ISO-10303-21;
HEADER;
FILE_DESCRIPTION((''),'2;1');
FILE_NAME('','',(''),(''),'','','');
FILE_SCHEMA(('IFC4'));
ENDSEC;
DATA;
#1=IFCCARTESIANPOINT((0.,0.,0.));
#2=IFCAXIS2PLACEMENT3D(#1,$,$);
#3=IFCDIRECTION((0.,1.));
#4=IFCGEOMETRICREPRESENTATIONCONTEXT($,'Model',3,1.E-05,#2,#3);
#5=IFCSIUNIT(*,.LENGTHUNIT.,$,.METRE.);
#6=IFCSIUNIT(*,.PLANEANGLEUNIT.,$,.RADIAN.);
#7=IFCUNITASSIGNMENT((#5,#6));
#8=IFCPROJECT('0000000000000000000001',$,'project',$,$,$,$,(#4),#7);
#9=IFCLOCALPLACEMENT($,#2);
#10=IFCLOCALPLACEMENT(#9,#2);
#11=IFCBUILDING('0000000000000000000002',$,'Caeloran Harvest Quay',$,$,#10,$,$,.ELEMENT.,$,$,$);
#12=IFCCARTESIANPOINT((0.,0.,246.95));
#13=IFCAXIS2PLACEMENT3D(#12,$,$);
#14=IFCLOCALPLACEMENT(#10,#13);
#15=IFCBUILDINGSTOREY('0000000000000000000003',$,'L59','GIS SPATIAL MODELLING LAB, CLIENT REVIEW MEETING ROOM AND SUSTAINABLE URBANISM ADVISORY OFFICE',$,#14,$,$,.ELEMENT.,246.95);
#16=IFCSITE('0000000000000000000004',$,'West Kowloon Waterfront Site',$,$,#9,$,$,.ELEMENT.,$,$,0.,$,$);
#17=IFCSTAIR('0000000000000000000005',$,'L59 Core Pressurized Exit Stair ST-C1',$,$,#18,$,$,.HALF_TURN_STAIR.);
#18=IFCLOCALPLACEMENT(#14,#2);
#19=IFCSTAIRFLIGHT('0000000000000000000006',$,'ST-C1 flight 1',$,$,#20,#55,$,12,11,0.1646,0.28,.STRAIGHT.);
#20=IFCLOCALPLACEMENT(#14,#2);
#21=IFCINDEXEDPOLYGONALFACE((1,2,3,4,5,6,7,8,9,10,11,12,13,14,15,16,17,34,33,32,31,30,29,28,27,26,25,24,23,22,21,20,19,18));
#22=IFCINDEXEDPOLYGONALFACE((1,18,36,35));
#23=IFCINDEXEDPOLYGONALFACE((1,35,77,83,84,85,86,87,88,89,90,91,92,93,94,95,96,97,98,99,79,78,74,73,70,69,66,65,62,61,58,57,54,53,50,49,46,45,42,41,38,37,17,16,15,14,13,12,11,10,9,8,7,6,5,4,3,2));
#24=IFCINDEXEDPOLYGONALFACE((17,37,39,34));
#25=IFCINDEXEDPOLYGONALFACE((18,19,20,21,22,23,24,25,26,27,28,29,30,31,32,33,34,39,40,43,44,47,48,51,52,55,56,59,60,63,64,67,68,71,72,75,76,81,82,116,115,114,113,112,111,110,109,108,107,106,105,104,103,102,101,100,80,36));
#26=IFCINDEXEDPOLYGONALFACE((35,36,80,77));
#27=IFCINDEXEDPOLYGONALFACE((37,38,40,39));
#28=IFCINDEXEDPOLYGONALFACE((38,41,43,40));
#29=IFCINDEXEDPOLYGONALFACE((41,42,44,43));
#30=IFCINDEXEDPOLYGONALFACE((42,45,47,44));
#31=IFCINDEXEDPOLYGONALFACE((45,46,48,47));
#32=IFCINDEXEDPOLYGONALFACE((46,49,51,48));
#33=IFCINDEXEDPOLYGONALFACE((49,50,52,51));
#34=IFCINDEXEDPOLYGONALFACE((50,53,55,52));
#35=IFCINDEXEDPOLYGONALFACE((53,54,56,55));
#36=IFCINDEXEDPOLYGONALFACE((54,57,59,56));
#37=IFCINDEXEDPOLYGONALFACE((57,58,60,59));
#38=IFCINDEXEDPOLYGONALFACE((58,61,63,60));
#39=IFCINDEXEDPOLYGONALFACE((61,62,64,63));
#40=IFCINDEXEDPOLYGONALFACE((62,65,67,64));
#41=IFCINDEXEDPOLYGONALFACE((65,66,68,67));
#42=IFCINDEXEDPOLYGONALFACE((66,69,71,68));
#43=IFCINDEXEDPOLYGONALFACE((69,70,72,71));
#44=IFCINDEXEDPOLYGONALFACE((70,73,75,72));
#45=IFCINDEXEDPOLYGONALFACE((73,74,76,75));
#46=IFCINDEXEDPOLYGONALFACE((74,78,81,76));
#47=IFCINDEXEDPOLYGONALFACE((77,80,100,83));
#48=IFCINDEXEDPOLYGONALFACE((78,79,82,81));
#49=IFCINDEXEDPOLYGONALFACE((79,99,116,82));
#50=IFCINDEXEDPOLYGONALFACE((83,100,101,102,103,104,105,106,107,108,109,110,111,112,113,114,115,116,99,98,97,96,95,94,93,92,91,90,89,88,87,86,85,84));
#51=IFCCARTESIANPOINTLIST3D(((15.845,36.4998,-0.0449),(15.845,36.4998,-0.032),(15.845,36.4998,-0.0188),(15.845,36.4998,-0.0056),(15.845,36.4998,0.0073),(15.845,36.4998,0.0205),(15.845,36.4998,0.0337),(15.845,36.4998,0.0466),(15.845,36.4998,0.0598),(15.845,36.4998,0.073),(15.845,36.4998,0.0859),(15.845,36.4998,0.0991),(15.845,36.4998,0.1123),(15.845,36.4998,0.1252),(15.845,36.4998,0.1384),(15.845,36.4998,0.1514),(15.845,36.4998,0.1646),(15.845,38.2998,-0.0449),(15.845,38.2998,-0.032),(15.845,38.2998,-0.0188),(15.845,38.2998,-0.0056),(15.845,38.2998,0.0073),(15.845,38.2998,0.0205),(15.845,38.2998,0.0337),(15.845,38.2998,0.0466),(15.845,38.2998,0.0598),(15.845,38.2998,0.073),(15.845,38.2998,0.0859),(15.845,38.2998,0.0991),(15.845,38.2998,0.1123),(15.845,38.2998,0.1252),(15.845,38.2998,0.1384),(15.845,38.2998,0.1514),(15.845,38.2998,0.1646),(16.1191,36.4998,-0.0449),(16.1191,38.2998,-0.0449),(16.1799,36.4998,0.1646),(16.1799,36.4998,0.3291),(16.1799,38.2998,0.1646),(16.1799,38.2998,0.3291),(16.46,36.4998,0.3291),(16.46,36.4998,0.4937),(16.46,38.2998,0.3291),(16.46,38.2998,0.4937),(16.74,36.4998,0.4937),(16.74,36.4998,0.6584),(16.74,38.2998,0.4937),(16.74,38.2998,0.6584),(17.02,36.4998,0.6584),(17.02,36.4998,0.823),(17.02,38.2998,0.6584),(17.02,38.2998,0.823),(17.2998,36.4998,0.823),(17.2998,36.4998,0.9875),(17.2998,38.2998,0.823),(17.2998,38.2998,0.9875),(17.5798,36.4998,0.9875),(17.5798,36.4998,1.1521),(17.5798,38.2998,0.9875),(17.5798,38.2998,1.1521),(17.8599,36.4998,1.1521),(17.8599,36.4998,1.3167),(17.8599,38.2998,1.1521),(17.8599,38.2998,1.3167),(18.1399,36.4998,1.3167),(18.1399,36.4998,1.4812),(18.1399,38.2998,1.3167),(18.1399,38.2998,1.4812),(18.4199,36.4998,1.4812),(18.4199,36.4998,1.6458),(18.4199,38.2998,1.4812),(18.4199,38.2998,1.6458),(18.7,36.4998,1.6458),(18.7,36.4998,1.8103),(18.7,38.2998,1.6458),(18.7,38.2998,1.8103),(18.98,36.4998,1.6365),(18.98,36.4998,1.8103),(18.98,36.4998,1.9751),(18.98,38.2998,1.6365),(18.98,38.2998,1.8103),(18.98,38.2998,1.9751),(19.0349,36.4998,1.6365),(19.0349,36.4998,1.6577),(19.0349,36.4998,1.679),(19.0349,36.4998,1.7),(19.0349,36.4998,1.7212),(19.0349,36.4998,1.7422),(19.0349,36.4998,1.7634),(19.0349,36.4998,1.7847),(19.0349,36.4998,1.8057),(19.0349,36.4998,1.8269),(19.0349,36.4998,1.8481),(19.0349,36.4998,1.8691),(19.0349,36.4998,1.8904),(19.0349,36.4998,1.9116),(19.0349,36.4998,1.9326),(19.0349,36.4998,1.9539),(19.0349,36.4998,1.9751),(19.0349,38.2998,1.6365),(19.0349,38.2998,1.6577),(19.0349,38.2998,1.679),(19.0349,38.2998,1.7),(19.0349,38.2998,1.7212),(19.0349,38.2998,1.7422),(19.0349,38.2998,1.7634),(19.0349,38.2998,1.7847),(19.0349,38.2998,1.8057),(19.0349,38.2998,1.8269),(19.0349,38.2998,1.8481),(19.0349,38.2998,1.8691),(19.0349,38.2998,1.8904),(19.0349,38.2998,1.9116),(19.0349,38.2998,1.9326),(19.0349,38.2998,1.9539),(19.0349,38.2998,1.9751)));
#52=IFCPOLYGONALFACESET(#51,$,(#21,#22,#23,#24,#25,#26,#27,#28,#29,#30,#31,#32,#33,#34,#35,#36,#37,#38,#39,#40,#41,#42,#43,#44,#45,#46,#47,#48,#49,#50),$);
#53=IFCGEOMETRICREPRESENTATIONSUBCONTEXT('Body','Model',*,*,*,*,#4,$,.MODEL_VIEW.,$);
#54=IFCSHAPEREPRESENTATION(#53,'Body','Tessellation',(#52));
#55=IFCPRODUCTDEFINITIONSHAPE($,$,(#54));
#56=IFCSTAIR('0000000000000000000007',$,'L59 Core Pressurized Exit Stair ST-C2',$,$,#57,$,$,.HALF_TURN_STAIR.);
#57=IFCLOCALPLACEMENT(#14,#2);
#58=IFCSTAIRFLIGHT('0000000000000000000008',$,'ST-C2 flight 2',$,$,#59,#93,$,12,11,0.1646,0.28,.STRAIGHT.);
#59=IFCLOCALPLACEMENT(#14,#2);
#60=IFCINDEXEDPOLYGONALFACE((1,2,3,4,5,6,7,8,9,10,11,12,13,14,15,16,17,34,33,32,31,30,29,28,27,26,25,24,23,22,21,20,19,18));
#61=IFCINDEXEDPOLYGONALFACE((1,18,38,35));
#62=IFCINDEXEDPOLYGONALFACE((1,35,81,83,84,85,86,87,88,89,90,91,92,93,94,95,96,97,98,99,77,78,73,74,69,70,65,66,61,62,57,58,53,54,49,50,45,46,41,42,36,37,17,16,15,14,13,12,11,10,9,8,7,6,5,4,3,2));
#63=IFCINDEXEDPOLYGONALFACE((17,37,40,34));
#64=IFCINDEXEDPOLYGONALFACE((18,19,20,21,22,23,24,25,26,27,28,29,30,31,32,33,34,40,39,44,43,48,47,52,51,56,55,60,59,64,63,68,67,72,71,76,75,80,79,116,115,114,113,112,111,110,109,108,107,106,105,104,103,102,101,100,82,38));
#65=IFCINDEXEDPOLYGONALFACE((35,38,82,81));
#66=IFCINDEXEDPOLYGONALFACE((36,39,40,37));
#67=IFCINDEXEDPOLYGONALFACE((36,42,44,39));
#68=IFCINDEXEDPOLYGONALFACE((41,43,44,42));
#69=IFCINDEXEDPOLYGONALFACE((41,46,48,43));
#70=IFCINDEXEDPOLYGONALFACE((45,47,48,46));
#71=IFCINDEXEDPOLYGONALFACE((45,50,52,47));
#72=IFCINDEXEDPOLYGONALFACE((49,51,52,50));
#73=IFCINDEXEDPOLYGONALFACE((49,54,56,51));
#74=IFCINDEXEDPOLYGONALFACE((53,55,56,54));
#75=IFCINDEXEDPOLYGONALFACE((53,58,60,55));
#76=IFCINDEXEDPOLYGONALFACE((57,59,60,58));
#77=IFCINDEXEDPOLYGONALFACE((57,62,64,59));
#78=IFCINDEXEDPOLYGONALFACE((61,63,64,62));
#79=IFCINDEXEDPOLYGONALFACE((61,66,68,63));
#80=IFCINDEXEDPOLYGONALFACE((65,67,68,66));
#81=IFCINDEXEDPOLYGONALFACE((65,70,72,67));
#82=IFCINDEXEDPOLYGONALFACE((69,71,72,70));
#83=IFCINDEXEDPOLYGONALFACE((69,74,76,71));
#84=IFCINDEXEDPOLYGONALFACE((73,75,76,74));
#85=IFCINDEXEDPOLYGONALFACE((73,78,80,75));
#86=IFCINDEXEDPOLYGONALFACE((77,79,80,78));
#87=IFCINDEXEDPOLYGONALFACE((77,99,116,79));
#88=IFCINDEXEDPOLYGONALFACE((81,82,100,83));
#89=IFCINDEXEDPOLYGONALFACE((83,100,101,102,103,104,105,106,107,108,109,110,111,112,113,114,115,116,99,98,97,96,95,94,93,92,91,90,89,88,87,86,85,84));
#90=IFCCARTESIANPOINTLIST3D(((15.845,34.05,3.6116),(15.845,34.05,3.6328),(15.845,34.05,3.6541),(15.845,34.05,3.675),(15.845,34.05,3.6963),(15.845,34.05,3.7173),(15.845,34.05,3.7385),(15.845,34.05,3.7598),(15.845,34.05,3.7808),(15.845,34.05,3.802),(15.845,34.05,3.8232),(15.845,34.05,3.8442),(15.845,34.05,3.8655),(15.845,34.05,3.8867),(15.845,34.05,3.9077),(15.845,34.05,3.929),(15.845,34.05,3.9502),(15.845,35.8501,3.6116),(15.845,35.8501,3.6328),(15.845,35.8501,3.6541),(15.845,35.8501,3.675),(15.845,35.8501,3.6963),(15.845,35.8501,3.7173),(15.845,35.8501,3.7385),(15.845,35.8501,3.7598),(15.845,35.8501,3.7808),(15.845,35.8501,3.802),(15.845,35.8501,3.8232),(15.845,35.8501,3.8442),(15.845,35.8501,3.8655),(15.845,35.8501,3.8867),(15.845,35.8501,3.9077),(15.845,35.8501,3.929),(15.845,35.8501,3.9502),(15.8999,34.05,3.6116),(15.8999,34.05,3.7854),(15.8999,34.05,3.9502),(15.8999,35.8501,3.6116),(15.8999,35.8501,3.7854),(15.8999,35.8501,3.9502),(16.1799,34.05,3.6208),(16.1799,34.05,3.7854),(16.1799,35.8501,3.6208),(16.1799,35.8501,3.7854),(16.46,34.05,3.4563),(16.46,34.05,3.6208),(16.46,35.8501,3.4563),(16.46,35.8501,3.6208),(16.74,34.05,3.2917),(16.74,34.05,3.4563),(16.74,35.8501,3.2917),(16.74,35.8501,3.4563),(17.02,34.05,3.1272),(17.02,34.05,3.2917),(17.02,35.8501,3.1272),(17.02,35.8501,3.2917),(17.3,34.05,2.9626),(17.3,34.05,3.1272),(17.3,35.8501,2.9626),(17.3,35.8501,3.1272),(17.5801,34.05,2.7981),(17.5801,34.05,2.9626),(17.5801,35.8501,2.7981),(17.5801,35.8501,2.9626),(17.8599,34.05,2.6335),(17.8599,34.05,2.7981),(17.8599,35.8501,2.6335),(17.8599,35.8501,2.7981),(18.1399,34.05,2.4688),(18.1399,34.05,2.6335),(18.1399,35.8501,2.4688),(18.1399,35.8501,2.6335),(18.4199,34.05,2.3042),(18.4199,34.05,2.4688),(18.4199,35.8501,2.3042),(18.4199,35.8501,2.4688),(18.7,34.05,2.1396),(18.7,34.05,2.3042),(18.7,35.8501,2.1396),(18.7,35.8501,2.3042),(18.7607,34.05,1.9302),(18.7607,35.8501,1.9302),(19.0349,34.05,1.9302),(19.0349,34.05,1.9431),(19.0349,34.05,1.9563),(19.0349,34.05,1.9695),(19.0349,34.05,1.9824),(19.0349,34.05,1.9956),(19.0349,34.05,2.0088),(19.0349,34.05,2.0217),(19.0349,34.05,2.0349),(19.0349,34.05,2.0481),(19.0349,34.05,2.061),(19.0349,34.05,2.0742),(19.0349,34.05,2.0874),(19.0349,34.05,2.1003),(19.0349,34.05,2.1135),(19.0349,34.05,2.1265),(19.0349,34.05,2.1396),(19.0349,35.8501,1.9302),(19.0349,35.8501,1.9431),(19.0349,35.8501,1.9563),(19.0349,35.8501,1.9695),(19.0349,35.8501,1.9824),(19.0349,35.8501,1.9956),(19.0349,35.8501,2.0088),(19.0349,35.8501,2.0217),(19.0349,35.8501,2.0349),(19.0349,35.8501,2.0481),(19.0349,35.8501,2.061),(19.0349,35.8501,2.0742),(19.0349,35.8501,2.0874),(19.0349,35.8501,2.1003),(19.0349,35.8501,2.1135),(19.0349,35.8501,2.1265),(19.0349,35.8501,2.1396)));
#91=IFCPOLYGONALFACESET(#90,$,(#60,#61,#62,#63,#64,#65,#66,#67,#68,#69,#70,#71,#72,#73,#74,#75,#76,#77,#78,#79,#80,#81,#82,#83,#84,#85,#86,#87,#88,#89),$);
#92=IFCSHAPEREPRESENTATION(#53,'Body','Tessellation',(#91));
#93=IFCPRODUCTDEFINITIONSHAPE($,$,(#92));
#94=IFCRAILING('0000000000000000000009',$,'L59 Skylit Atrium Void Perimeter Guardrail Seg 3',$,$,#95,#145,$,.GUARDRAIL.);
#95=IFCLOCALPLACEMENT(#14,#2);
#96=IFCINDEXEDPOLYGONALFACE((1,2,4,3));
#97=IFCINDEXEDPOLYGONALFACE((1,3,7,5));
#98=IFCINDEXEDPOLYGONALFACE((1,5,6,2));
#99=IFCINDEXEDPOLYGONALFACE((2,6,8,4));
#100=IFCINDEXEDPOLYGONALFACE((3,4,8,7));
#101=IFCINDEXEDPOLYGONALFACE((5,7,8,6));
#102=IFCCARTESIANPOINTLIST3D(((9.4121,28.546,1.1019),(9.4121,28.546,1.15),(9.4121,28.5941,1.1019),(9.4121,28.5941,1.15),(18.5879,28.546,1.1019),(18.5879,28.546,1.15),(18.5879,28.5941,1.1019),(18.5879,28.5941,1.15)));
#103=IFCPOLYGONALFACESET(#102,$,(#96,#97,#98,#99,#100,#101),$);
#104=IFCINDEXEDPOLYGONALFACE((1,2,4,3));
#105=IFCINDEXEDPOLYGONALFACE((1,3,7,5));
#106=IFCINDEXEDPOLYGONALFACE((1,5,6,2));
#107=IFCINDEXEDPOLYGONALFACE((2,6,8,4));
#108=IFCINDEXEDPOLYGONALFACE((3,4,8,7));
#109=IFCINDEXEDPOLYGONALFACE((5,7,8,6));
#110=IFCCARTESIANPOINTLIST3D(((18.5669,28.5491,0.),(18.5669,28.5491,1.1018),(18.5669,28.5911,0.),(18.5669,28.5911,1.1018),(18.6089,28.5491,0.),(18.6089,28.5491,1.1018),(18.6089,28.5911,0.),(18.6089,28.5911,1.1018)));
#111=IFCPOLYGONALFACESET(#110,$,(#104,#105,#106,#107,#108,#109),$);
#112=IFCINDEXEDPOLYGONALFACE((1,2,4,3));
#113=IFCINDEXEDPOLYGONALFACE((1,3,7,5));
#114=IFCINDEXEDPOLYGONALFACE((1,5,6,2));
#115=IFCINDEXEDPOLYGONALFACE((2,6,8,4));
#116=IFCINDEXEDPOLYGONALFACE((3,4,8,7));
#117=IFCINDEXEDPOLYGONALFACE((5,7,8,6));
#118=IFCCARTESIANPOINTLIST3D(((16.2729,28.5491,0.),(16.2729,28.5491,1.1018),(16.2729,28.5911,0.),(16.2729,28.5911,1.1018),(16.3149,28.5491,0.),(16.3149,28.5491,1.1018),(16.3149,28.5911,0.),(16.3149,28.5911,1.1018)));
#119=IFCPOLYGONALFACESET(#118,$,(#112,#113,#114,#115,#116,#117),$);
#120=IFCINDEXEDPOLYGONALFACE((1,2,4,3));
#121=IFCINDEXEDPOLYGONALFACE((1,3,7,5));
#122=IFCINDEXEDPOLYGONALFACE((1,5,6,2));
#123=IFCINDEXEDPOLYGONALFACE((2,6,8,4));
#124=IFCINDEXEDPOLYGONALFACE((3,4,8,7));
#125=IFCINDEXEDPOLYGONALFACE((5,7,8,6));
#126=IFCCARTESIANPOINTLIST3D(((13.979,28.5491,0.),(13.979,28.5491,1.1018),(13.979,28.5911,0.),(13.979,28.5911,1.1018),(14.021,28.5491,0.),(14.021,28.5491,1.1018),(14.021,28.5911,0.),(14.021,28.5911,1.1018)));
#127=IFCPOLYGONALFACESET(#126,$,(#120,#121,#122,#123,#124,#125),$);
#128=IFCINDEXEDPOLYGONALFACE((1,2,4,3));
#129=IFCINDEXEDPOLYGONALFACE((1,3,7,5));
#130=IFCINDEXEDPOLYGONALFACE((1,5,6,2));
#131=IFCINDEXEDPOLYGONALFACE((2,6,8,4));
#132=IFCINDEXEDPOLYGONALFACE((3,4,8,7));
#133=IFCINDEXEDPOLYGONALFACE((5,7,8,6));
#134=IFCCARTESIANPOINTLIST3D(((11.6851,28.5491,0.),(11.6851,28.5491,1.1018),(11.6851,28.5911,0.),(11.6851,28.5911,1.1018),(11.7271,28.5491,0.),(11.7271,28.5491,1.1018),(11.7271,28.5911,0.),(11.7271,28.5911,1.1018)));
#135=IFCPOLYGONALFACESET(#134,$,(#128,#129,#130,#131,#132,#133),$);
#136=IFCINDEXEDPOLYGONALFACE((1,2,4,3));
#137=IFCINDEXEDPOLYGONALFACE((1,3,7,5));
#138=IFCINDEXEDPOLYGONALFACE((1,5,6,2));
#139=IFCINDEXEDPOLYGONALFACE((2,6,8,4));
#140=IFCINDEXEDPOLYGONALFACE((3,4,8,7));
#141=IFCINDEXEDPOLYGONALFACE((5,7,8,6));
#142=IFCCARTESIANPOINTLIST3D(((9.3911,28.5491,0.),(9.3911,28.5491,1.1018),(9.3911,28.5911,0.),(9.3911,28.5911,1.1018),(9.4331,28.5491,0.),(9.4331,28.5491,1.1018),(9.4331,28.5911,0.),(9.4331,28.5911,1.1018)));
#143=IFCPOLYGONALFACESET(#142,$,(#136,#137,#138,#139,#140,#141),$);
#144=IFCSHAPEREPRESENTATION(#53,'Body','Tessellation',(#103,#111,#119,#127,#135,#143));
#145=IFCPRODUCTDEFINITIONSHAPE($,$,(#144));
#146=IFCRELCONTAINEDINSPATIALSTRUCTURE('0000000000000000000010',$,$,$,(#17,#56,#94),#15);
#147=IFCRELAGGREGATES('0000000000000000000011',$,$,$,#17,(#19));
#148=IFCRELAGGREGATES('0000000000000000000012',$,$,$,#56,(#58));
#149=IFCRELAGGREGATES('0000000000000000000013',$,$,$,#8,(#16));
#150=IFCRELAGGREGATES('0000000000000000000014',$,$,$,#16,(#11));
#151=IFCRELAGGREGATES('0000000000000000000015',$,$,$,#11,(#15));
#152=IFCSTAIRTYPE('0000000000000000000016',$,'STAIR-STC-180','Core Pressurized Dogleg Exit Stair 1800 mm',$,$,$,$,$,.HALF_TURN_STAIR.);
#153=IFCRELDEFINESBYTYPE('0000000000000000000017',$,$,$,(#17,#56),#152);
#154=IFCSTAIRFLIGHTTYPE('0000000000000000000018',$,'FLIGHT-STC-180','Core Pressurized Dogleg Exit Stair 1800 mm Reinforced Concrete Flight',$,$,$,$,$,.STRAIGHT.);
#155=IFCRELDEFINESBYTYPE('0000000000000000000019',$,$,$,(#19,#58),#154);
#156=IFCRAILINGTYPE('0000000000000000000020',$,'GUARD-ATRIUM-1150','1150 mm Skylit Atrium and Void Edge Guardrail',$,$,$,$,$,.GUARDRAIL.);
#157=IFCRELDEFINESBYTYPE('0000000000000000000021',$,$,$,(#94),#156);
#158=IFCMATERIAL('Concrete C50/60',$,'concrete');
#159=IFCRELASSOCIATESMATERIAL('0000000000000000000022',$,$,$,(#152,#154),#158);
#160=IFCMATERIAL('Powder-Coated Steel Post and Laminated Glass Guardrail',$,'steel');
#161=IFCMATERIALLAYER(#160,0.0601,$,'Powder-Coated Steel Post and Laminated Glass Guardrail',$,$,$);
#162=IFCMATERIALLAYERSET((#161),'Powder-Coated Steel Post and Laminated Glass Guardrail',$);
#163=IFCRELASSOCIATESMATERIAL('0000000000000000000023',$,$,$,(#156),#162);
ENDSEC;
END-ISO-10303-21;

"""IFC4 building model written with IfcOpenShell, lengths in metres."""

from ifc_helpers import new_model, si_unit, direction, frame, origin, origin_2d, place, context, subcontext, project, spatial, polyline, rectangle, outline, extrude, material, layer, layer_set, type_object, element, aggregate, save


model = new_model("IFC4")

# Units and contexts
model_context = context("Model", 3, precision=1e-05, world=origin(), true_north=direction((0.0, 1.0)))
body_context = subcontext(model_context, "Body", "Model", "MODEL_VIEW")
ifc_project = project(units=[si_unit("LENGTHUNIT", "METRE"), si_unit("PLANEANGLEUNIT", "RADIAN")], contexts=[model_context])

# Site, building, storey
site_placement = place(None, origin())
site = spatial("IfcSite", under=ifc_project, at=site_placement, Name="West Kowloon Waterfront Site", CompositionType="ELEMENT", RefElevation=0.0)
building_placement = place(site_placement, origin())
building = spatial("IfcBuilding", under=site, at=building_placement, Name="Caeloran Harvest Quay", CompositionType="ELEMENT")
storey_placement = place(building_placement, frame((0.0, 0.0, 246.95)))
storey = spatial("IfcBuildingStorey", under=building, at=storey_placement, Name="L59", Description="GIS SPATIAL MODELLING LAB, CLIENT REVIEW MEETING ROOM AND SUSTAINABLE URBANISM ADVISORY OFFICE", CompositionType="ELEMENT", Elevation=246.95)

# Shared definitions
ifc_material_1 = material(Name="Concrete C50/60", Category="concrete")

# Stairs, stair flights
stair_type = type_object("IfcStairType", Name="STAIR-STC-180", Description="Core Pressurized Dogleg Exit Stair 1800 mm", PredefinedType="HALF_TURN_STAIR", material=ifc_material_1)
stair_1_placement = place(storey_placement, origin())
stair_1 = element("IfcStair", 1, at=stair_1_placement, inside=storey, type_object=stair_type, Name="L59 Core Pressurized Exit Stair ST-C1", PredefinedType="HALF_TURN_STAIR")
stair_flight_type = type_object("IfcStairFlightType", Name="FLIGHT-STC-180", Description="Core Pressurized Dogleg Exit Stair 1800 mm Reinforced Concrete Flight", PredefinedType="STRAIGHT", material=ifc_material_1)
stair_flight_1_placement = place(storey_placement, frame((15.8999, 37.3999, 0.0), z_axis=(0.0, 0.0, 1.0), x_axis=(1.0, 0.0, 0.0)))
stair_flight_1 = element("IfcStairFlight", 2, at=stair_flight_1_placement, type_object=stair_flight_type, Name="ST-C1 flight 1", NumberOfRisers=12, NumberOfTreads=11, PredefinedType="STRAIGHT", RiserHeight=0.1646, TreadLength=0.28, context=body_context, shape_type="SweptSolid", body=[
    extrude(outline(polyline([(-0.0549, -0.0449), (-0.0549, -0.032), (-0.0549, -0.0188), (-0.0549, -0.0056), (-0.0549, 0.0073), (-0.0549, 0.0205), (-0.0549, 0.0337), (-0.0549, 0.0466), (-0.0549, 0.0598), (-0.0549, 0.073), (-0.0549, 0.0859), (-0.0549, 0.0991), (-0.0549, 0.1123), (-0.0549, 0.1252), (-0.0549, 0.1384), (-0.0549, 0.1514), (-0.0549, 0.1646), (0.28, 0.1646), (0.28, 0.3291), (0.5601, 0.3291), (0.5601, 0.4937), (0.8401, 0.4937), (0.8401, 0.6584), (1.1201, 0.6584), (1.1201, 0.823), (1.3999, 0.823), (1.3999, 0.9875), (1.6799, 0.9875), (1.6799, 1.1521), (1.96, 1.1521), (1.96, 1.3167), (2.24, 1.3167), (2.24, 1.4812), (2.52, 1.4812), (2.52, 1.6458), (2.8, 1.6458), (2.8, 1.8103), (3.0801, 1.8103), (3.0801, 1.9751), (3.135, 1.9751), (3.135, 1.9539), (3.135, 1.9326), (3.135, 1.9116), (3.135, 1.8904), (3.135, 1.8691), (3.135, 1.8481), (3.135, 1.8269), (3.135, 1.8057), (3.135, 1.7847), (3.135, 1.7634), (3.135, 1.7422), (3.135, 1.7212), (3.135, 1.7), (3.135, 1.679), (3.135, 1.6577), (3.135, 1.6365), (3.0801, 1.6365), (0.2192, -0.0449), (-0.0549, -0.0449)])), frame((0.0, 0.8999, 0.0), z_axis=(0.0, -1.0, 0.0), x_axis=(1.0, 0.0, 0.0)), (0.0, 0.0, 1.0), 1.8),
])
aggregate(stair_1, [stair_flight_1])
stair_2_placement = place(storey_placement, origin())
stair_2 = element("IfcStair", 3, at=stair_2_placement, inside=storey, type_object=stair_type, Name="L59 Core Pressurized Exit Stair ST-C2", PredefinedType="HALF_TURN_STAIR")
stair_flight_2_placement = place(storey_placement, frame((18.98, 34.95, 1.9751), z_axis=(0.0, 0.0, 1.0), x_axis=(-1.0, 0.0, 0.0)))
stair_flight_2 = element("IfcStairFlight", 4, at=stair_flight_2_placement, type_object=stair_flight_type, Name="ST-C2 flight 2", NumberOfRisers=12, NumberOfTreads=11, PredefinedType="STRAIGHT", RiserHeight=0.1646, TreadLength=0.28, context=body_context, shape_type="SweptSolid", body=[
    extrude(outline(polyline([(-0.0549, -0.0449), (-0.0549, -0.032), (-0.0549, -0.0188), (-0.0549, -0.0056), (-0.0549, 0.0073), (-0.0549, 0.0205), (-0.0549, 0.0337), (-0.0549, 0.0466), (-0.0549, 0.0598), (-0.0549, 0.073), (-0.0549, 0.0859), (-0.0549, 0.0991), (-0.0549, 0.1123), (-0.0549, 0.1252), (-0.0549, 0.1384), (-0.0549, 0.1514), (-0.0549, 0.1646), (0.28, 0.1646), (0.28, 0.3291), (0.5601, 0.3291), (0.5601, 0.4937), (0.8401, 0.4937), (0.8401, 0.6584), (1.1201, 0.6584), (1.1201, 0.823), (1.3999, 0.823), (1.3999, 0.9875), (1.6799, 0.9875), (1.6799, 1.1521), (1.96, 1.1521), (1.96, 1.3167), (2.24, 1.3167), (2.24, 1.4812), (2.52, 1.4812), (2.52, 1.6458), (2.8, 1.6458), (2.8, 1.8103), (3.0801, 1.8103), (3.0801, 1.9751), (3.135, 1.9751), (3.135, 1.9539), (3.135, 1.9326), (3.135, 1.9116), (3.135, 1.8904), (3.135, 1.8691), (3.135, 1.8481), (3.135, 1.8269), (3.135, 1.8057), (3.135, 1.7847), (3.135, 1.7634), (3.135, 1.7422), (3.135, 1.7212), (3.135, 1.7), (3.135, 1.679), (3.135, 1.6577), (3.135, 1.6365), (3.0801, 1.6365), (0.2192, -0.0449), (-0.0549, -0.0449)])), frame((0.0, 0.8999, 0.0), z_axis=(0.0, -1.0, 0.0), x_axis=(1.0, 0.0, 0.0)), (0.0, 0.0, 1.0), 1.8),
])
aggregate(stair_2, [stair_flight_2])

# Railing
ifc_material_2 = material(Name="Powder-Coated Steel Post and Laminated Glass Guardrail", Category="steel")
ifc_layer_1 = layer(ifc_material_2, 0.0601, Name="Powder-Coated Steel Post and Laminated Glass Guardrail")
ifc_layer_set_1 = layer_set([ifc_layer_1], Name="Powder-Coated Steel Post and Laminated Glass Guardrail")
railing_type_1 = type_object("IfcRailingType", Name="GUARD-ATRIUM-1150", Description="1150 mm Skylit Atrium and Void Edge Guardrail", PredefinedType="GUARDRAIL", material=ifc_layer_set_1)
railing_1_placement = place(storey_placement, frame((18.5879, 28.5701, 0.0)))
element("IfcRailing", 5, at=railing_1_placement, inside=storey, type_object=railing_type_1, Name="L59 Skylit Atrium Void Perimeter Guardrail Seg 3", PredefinedType="GUARDRAIL", context=body_context, shape_type="SweptSolid", body=[
    extrude(rectangle(XDim=0.0481, YDim=0.0481, at=origin_2d()), frame((0.0, 0.0, 1.126), z_axis=(-1.0, 0.0, 0.0), x_axis=(0.0, -1.0, 0.0)), (0.0, 0.0, 1.0), 9.1758),
    extrude(rectangle(XDim=0.042, YDim=0.042, at=origin_2d()), origin(), (0.0, 0.0, 1.0), 1.1018),
    extrude(rectangle(XDim=0.042, YDim=0.042, at=origin_2d()), frame((-2.2939, 0.0, 0.0)), (0.0, 0.0, 1.0), 1.1018),
    extrude(rectangle(XDim=0.042, YDim=0.042, at=origin_2d()), frame((-4.5879, 0.0, 0.0)), (0.0, 0.0, 1.0), 1.1018),
    extrude(rectangle(XDim=0.042, YDim=0.042, at=origin_2d()), frame((-6.8818, 0.0, 0.0)), (0.0, 0.0, 1.0), 1.1018),
    extrude(rectangle(XDim=0.042, YDim=0.042, at=origin_2d()), frame((-9.1758, 0.0, 0.0)), (0.0, 0.0, 1.0), 1.1018),
])

save(model, "model.ifc")
